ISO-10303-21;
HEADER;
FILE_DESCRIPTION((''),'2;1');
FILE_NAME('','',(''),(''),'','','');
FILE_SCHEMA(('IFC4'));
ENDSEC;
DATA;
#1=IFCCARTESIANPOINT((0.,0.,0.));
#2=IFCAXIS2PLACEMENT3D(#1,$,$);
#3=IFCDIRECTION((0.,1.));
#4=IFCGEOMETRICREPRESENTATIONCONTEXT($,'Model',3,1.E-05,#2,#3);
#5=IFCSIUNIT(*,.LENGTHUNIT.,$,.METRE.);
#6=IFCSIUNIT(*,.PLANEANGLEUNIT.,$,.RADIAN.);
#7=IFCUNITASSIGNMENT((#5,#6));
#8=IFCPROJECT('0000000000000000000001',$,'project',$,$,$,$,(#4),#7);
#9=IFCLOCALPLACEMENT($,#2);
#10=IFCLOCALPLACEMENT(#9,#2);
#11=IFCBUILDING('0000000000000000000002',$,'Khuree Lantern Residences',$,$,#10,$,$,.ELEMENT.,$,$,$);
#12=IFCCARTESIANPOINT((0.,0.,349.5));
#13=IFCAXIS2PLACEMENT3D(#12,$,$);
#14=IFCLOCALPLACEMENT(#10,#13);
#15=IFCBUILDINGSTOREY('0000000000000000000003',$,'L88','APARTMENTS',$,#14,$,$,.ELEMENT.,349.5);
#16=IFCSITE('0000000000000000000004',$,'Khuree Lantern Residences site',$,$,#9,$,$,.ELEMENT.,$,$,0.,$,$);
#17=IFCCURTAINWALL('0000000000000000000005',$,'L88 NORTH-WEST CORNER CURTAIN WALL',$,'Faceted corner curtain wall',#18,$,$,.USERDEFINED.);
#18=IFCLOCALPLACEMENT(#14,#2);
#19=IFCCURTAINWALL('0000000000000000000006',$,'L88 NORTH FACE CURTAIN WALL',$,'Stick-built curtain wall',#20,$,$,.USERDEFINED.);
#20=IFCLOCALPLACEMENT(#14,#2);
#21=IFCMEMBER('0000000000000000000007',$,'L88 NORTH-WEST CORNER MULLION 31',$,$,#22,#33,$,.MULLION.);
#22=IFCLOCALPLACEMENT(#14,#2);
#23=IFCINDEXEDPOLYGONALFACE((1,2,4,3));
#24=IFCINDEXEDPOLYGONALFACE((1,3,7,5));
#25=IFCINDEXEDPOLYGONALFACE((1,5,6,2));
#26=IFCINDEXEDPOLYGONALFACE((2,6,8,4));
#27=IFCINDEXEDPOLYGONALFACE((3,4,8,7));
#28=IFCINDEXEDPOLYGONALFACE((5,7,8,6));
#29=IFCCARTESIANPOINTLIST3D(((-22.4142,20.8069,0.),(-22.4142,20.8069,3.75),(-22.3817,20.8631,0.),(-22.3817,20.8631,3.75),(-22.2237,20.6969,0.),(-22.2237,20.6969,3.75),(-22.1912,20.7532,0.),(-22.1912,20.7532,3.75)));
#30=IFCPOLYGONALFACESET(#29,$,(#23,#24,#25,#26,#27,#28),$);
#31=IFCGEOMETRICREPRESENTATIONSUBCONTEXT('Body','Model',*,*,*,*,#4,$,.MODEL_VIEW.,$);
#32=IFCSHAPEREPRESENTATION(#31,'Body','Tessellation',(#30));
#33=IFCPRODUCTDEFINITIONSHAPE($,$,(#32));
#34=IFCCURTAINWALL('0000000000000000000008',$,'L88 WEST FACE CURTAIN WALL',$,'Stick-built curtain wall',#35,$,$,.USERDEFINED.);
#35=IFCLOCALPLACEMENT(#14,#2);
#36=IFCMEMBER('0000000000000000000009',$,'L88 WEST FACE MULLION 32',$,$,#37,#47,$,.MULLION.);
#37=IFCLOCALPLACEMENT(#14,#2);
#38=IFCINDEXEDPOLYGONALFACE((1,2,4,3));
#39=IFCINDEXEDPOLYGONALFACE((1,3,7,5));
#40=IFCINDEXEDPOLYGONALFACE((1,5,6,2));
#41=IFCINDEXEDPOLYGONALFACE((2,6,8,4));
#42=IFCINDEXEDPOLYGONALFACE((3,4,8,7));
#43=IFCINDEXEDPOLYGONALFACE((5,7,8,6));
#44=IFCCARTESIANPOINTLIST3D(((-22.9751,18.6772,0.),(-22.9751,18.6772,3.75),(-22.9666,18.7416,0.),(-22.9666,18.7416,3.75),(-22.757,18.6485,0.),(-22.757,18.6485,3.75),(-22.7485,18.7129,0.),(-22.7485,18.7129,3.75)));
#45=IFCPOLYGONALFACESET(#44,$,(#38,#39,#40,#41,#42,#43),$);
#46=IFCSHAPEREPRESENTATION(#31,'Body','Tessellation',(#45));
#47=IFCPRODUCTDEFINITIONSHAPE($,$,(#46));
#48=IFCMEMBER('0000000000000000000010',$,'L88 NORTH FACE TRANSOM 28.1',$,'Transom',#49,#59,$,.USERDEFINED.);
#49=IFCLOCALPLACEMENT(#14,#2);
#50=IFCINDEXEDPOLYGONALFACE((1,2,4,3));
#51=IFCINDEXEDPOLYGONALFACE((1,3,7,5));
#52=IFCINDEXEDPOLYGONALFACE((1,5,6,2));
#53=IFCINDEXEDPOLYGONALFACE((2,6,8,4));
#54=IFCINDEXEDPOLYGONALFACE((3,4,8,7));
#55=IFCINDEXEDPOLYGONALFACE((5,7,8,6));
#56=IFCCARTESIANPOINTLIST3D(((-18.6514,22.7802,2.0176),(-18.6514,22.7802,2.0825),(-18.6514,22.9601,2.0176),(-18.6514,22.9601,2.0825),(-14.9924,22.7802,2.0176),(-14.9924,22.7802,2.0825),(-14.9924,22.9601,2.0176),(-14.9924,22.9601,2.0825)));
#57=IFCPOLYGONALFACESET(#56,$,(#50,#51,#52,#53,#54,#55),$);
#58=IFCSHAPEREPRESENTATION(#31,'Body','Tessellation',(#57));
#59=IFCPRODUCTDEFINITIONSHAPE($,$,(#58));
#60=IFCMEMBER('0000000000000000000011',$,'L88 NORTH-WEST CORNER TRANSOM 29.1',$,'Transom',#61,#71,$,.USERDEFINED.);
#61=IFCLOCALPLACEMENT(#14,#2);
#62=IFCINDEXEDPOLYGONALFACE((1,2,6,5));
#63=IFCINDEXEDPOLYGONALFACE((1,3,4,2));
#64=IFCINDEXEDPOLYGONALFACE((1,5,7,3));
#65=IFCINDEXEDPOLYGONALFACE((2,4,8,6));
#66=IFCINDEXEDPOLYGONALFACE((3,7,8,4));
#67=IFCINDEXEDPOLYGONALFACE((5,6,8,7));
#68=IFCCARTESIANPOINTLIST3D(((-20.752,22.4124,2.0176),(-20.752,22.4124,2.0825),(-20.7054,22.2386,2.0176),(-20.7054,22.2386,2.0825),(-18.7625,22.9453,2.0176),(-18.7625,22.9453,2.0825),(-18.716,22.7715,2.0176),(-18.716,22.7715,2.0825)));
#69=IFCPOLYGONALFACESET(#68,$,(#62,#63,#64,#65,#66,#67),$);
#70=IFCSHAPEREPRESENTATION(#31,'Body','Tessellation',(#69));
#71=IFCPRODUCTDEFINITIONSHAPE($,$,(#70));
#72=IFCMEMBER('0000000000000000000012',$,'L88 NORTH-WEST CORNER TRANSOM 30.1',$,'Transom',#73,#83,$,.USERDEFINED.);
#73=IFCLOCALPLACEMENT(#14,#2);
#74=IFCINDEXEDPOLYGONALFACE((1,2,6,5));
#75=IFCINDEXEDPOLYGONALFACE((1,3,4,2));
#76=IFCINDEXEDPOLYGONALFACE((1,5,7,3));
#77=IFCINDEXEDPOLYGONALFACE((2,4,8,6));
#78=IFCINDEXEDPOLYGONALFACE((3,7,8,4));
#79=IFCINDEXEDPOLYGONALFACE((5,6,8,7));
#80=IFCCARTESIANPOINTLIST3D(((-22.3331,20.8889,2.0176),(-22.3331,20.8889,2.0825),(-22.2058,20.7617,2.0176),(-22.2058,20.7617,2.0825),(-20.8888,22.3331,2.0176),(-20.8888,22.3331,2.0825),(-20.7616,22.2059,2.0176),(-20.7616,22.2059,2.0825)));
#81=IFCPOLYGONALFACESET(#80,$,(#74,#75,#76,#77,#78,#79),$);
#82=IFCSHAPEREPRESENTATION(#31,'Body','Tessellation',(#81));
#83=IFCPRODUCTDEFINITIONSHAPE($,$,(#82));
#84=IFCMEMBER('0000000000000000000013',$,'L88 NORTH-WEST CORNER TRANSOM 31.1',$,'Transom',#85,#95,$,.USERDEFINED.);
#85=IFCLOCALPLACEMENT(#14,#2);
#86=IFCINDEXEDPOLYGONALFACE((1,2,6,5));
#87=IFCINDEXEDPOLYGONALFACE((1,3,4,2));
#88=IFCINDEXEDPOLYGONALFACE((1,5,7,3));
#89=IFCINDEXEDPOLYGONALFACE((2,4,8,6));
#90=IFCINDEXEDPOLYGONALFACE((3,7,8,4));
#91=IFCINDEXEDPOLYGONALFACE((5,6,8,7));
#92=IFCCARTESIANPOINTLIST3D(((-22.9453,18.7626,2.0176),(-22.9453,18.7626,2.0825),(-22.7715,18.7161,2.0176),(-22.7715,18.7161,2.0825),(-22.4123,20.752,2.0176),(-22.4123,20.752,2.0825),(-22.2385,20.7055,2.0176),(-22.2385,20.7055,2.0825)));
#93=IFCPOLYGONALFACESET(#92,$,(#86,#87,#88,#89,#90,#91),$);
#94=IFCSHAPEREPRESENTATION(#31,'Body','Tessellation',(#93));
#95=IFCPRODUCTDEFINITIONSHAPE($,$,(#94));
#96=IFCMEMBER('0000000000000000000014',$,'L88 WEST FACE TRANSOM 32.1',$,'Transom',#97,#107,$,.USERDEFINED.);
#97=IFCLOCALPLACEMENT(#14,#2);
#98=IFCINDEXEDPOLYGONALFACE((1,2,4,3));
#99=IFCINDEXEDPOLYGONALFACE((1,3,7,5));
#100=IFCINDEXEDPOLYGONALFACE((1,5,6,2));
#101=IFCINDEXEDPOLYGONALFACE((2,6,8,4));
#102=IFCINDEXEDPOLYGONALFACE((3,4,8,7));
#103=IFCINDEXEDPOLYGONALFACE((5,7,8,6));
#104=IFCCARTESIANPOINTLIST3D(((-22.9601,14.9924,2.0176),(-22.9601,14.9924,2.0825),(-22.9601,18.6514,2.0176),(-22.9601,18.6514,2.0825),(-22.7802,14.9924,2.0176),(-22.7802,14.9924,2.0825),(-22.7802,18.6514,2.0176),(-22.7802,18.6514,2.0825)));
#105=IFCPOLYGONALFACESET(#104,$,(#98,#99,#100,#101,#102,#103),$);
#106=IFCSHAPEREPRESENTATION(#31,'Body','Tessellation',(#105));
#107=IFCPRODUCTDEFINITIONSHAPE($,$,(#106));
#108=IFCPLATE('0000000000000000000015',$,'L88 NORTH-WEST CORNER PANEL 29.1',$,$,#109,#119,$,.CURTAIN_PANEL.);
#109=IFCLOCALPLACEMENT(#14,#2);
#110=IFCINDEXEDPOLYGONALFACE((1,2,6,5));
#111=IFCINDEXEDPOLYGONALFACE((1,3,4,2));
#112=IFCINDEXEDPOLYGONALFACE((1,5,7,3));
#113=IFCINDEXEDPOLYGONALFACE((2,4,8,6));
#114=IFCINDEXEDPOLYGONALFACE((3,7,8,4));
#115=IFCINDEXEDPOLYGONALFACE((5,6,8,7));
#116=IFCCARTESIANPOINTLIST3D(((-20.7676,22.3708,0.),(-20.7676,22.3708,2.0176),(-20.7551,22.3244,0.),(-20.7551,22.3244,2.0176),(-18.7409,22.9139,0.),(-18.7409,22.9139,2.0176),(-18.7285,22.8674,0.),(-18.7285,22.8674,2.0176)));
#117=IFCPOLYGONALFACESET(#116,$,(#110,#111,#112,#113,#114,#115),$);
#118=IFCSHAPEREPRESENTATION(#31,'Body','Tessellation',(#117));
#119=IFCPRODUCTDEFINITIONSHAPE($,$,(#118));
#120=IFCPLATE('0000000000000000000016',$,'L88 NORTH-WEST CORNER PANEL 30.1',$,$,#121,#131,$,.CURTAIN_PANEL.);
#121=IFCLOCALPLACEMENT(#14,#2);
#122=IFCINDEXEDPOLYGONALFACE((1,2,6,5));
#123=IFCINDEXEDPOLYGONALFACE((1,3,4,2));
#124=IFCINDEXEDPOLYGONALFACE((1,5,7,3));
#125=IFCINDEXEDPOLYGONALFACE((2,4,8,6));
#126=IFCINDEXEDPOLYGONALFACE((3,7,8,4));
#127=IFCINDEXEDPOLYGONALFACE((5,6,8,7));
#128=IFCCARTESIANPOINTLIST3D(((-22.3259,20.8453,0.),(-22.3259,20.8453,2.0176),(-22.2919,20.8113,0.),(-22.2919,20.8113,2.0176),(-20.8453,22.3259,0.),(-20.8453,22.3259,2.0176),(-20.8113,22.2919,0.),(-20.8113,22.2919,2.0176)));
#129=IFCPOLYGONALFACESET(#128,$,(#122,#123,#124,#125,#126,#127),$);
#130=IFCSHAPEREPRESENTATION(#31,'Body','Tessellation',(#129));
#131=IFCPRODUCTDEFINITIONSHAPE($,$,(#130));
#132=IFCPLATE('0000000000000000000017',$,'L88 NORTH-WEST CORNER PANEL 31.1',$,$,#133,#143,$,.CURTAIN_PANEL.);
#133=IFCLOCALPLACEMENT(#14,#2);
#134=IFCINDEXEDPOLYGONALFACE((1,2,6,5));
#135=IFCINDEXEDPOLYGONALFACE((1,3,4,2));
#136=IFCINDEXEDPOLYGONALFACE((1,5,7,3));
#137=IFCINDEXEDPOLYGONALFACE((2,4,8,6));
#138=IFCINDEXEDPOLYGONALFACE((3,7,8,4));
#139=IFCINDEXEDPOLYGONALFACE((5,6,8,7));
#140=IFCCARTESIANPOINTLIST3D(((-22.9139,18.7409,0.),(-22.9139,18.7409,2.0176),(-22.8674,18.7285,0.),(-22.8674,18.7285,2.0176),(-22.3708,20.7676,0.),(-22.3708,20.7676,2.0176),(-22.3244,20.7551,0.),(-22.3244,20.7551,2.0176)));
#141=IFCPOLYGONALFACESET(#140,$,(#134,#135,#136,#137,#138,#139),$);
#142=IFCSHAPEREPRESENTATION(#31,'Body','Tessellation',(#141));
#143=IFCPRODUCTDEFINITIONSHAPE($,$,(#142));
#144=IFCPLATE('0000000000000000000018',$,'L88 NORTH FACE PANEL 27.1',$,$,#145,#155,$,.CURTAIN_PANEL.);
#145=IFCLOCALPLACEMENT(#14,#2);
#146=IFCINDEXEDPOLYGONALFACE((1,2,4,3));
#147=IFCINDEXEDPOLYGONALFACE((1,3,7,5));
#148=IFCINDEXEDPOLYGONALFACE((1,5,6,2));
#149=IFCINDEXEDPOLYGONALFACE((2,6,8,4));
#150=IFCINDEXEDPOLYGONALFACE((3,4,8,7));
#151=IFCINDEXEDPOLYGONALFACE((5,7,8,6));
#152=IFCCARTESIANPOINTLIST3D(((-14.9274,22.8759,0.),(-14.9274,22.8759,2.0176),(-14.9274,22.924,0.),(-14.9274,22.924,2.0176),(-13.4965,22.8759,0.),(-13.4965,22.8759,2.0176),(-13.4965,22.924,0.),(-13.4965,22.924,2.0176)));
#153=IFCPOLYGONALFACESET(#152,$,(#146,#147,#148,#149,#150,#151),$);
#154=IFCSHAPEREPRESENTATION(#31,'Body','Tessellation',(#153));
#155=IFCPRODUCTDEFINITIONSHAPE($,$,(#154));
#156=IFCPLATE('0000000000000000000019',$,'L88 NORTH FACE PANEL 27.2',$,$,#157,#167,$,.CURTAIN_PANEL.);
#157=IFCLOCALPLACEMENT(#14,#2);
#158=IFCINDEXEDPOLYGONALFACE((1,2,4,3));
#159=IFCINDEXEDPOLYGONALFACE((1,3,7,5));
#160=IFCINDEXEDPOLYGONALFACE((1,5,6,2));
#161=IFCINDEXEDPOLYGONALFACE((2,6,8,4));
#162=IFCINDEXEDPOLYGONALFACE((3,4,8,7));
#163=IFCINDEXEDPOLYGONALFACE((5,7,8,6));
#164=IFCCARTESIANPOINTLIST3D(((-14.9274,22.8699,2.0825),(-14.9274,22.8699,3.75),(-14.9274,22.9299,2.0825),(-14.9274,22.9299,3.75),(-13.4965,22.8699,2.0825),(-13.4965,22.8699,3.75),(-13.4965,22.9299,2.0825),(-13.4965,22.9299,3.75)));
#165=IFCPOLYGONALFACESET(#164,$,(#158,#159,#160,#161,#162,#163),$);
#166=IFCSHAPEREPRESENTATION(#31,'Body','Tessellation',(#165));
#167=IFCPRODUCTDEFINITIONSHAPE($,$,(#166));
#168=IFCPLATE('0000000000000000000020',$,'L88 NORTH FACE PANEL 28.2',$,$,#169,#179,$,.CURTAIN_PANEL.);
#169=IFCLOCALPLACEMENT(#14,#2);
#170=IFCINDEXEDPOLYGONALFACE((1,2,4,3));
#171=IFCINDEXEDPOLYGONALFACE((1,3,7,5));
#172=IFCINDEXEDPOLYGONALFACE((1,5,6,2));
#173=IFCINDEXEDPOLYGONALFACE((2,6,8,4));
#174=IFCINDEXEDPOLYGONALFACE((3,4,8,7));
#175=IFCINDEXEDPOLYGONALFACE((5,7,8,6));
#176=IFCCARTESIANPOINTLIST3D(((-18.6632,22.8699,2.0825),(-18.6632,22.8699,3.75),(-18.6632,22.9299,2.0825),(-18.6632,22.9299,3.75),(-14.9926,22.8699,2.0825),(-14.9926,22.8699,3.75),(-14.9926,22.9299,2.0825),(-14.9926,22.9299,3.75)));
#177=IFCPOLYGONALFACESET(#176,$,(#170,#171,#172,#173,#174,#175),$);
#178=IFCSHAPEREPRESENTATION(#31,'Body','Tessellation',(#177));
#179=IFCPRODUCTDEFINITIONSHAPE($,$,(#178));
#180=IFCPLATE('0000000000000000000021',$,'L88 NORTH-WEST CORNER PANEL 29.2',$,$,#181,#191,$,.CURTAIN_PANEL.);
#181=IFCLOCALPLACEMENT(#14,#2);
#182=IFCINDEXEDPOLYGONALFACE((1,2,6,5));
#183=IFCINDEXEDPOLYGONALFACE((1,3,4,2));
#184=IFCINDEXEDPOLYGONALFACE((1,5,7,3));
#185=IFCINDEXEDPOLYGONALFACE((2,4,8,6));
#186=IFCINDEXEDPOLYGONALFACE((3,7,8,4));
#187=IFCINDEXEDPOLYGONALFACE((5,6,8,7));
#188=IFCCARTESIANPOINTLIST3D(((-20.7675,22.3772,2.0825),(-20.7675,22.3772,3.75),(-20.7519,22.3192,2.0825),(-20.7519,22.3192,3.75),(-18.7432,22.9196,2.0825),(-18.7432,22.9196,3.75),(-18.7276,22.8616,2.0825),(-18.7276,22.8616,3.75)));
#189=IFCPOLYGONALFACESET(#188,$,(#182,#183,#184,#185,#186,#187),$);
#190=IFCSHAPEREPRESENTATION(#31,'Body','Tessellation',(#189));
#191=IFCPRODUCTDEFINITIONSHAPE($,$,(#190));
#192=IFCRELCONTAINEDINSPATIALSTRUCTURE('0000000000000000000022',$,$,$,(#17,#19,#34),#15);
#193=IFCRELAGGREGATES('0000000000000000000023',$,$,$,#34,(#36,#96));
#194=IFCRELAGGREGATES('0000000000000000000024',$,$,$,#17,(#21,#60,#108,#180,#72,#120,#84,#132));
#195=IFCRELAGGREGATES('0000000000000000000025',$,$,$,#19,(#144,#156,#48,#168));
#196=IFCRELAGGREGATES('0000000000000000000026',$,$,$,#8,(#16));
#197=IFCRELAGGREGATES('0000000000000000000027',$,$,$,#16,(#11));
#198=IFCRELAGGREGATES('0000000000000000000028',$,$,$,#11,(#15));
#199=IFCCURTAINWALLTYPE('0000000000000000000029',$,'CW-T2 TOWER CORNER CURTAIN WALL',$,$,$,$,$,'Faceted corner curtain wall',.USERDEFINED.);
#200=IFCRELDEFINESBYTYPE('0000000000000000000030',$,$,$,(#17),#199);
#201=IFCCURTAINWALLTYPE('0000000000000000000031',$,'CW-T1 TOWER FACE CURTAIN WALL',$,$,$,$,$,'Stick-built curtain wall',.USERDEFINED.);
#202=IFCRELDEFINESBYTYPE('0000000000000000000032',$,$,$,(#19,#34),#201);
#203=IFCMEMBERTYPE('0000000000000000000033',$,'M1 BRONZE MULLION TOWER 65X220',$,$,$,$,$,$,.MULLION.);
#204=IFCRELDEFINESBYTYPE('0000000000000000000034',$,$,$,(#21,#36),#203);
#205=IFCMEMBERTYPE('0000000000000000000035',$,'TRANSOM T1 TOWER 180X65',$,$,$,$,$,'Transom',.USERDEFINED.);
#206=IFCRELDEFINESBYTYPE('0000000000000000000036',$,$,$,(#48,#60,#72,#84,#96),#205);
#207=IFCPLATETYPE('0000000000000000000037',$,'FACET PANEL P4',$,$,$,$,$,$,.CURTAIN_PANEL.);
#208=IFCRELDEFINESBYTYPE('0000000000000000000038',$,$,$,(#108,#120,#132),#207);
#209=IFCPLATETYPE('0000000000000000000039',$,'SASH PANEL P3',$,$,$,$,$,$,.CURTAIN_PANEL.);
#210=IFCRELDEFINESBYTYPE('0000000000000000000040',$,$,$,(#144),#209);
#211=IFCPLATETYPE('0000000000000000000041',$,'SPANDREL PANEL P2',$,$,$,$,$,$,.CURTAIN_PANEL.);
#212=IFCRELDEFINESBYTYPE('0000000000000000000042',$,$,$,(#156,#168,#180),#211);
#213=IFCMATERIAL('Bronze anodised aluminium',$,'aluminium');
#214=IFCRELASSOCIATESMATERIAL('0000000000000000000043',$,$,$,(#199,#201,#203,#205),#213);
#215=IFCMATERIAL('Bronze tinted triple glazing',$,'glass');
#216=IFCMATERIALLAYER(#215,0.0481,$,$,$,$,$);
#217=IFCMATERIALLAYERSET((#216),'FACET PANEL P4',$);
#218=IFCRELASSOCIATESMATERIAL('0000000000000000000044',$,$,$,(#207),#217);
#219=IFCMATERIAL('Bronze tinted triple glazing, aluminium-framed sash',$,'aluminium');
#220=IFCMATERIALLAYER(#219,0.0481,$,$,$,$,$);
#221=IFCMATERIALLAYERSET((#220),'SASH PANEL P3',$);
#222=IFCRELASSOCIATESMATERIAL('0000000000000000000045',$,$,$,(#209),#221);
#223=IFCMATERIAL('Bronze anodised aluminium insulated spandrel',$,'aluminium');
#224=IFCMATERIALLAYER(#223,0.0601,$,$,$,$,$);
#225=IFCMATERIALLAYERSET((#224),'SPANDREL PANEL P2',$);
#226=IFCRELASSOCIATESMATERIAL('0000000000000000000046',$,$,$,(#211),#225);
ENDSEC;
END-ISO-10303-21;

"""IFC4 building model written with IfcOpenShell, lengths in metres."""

from ifc_helpers import new_model, si_unit, direction, frame, origin, origin_2d, place, context, subcontext, project, spatial, rectangle, extrude, material, layer, layer_set, material_profile, profile_set, type_object, element, aggregate, save


model = new_model("IFC4")

# Units and contexts
model_context = context("Model", 3, precision=1e-05, world=origin(), true_north=direction((0.0, 1.0)))
body_context = subcontext(model_context, "Body", "Model", "MODEL_VIEW")
ifc_project = project(units=[si_unit("LENGTHUNIT", "METRE"), si_unit("PLANEANGLEUNIT", "RADIAN")], contexts=[model_context])

# Site, building, storey
site_placement = place(None, origin())
site = spatial("IfcSite", under=ifc_project, at=site_placement, Name="Khuree Lantern Residences site", CompositionType="ELEMENT", RefElevation=0.0)
building_placement = place(site_placement, origin())
building = spatial("IfcBuilding", under=site, at=building_placement, Name="Khuree Lantern Residences", CompositionType="ELEMENT")
storey_placement = place(building_placement, frame((0.0, 0.0, 349.5)))
storey = spatial("IfcBuildingStorey", under=building, at=storey_placement, Name="L88", Description="APARTMENTS", CompositionType="ELEMENT", Elevation=349.5)

# Curtain wall
ifc_material_1 = material(Name="Bronze anodised aluminium", Category="aluminium")
curtain_wall_type_1 = type_object("IfcCurtainWallType", Name="CW-T2 TOWER CORNER CURTAIN WALL", ElementType="Faceted corner curtain wall", PredefinedType="USERDEFINED", material=ifc_material_1)
curtain_wall_1_placement = place(storey_placement, origin())
curtain_wall_1 = element("IfcCurtainWall", 1, at=curtain_wall_1_placement, inside=storey, type_object=curtain_wall_type_1, Name="L88 NORTH-WEST CORNER CURTAIN WALL", ObjectType="Faceted corner curtain wall", PredefinedType="USERDEFINED")

# Curtain wall
curtain_wall_type_2 = type_object("IfcCurtainWallType", Name="CW-T1 TOWER FACE CURTAIN WALL", ElementType="Stick-built curtain wall", PredefinedType="USERDEFINED", material=ifc_material_1)
curtain_wall_2_placement = place(storey_placement, origin())
curtain_wall_2 = element("IfcCurtainWall", 2, at=curtain_wall_2_placement, inside=storey, type_object=curtain_wall_type_2, Name="L88 NORTH FACE CURTAIN WALL", ObjectType="Stick-built curtain wall", PredefinedType="USERDEFINED")
ifc_material_profile_1 = material_profile(ifc_material_1, rectangle(XDim=0.0649, YDim=0.22, at=origin_2d()), Name="M1 65X220")
ifc_profile_set_1 = profile_set([ifc_material_profile_1], Name="Bronze anodised aluminium")
member_type_1 = type_object("IfcMemberType", Name="M1 BRONZE MULLION TOWER 65X220", PredefinedType="MULLION", material=ifc_profile_set_1)

# Member
member_1_placement = place(storey_placement, frame((-22.3027, 20.78, 0.0), z_axis=(0.0, 0.0, 1.0), x_axis=(-0.5, -0.866025, 0.0)))
member_1 = element("IfcMember", 3, at=member_1_placement, type_object=member_type_1, Name="L88 NORTH-WEST CORNER MULLION 31", PredefinedType="MULLION", context=body_context, shape_type="SweptSolid", body=[
    extrude(rectangle(XDim=0.0649, YDim=0.22, at=origin_2d()), origin(), (0.0, 0.0, 1.0), 3.75),
])

# Curtain wall, member
curtain_wall_3_placement = place(storey_placement, origin())
curtain_wall_3 = element("IfcCurtainWall", 4, at=curtain_wall_3_placement, inside=storey, type_object=curtain_wall_type_2, Name="L88 WEST FACE CURTAIN WALL", ObjectType="Stick-built curtain wall", PredefinedType="USERDEFINED")
member_2_placement = place(storey_placement, frame((-22.8618, 18.6951, 0.0), z_axis=(0.0, 0.0, 1.0), x_axis=(-0.130526, -0.991445, 0.0)))
member_2 = element("IfcMember", 5, at=member_2_placement, type_object=member_type_1, Name="L88 WEST FACE MULLION 32", PredefinedType="MULLION", context=body_context, shape_type="SweptSolid", body=[
    extrude(rectangle(XDim=0.0649, YDim=0.22, at=origin_2d()), origin(), (0.0, 0.0, 1.0), 3.75),
])

# Members
ifc_material_profile_2 = material_profile(ifc_material_1, rectangle(XDim=0.1799, YDim=0.0649, at=origin_2d()), Name="T1 180X65")
ifc_profile_set_2 = profile_set([ifc_material_profile_2], Name="Bronze anodised aluminium")
member_type_2 = type_object("IfcMemberType", Name="TRANSOM T1 TOWER 180X65", ElementType="Transom", PredefinedType="USERDEFINED", material=ifc_profile_set_2)
member_3_placement = place(storey_placement, frame((-14.9924, 22.8701, 2.05), z_axis=(-1.0, 0.0, 0.0), x_axis=(0.0, -1.0, 0.0)))
member_3 = element("IfcMember", 6, at=member_3_placement, type_object=member_type_2, Name="L88 NORTH FACE TRANSOM 28.1", ObjectType="Transom", PredefinedType="USERDEFINED", context=body_context, shape_type="SweptSolid", body=[
    extrude(rectangle(XDim=0.1799, YDim=0.0649, at=origin_2d()), origin(), (0.0, 0.0, 1.0), 3.6589),
])
member_4_placement = place(storey_placement, frame((-18.7393, 22.8584, 2.05), z_axis=(-0.965941, -0.258762, 0.0), x_axis=(0.258762, -0.965941, 0.0)))
member_4 = element("IfcMember", 7, at=member_4_placement, type_object=member_type_2, Name="L88 NORTH-WEST CORNER TRANSOM 29.1", ObjectType="Transom", PredefinedType="USERDEFINED", context=body_context, shape_type="SweptSolid", body=[
    extrude(rectangle(XDim=0.1799, YDim=0.0649, at=origin_2d()), origin(), (0.0, 0.0, 1.0), 2.0596),
])
member_5_placement = place(storey_placement, frame((-20.8252, 22.2695, 2.05), z_axis=(-0.707107, -0.707107, 0.0), x_axis=(0.707107, -0.707107, 0.0)))
member_5 = element("IfcMember", 8, at=member_5_placement, type_object=member_type_2, Name="L88 NORTH-WEST CORNER TRANSOM 30.1", ObjectType="Transom", PredefinedType="USERDEFINED", context=body_context, shape_type="SweptSolid", body=[
    extrude(rectangle(XDim=0.1799, YDim=0.0649, at=origin_2d()), origin(), (0.0, 0.0, 1.0), 2.0425),
])
member_6_placement = place(storey_placement, frame((-22.3254, 20.7288, 2.05), z_axis=(-0.258762, -0.965941, 0.0), x_axis=(0.965941, -0.258762, 0.0)))
member_6 = element("IfcMember", 9, at=member_6_placement, type_object=member_type_2, Name="L88 NORTH-WEST CORNER TRANSOM 31.1", ObjectType="Transom", PredefinedType="USERDEFINED", context=body_context, shape_type="SweptSolid", body=[
    extrude(rectangle(XDim=0.1799, YDim=0.0649, at=origin_2d()), origin(), (0.0, 0.0, 1.0), 2.0596),
])
member_7_placement = place(storey_placement, frame((-22.8701, 18.6514, 2.05), z_axis=(0.0, -1.0, 0.0), x_axis=(1.0, 0.0, 0.0)))
member_7 = element("IfcMember", 10, at=member_7_placement, type_object=member_type_2, Name="L88 WEST FACE TRANSOM 32.1", ObjectType="Transom", PredefinedType="USERDEFINED", context=body_context, shape_type="SweptSolid", body=[
    extrude(rectangle(XDim=0.1799, YDim=0.0649, at=origin_2d()), origin(), (0.0, 0.0, 1.0), 3.6589),
])
aggregate(curtain_wall_3, [member_2, member_7])

# Plates
ifc_material_2 = material(Name="Bronze tinted triple glazing", Category="glass")
ifc_layer_1 = layer(ifc_material_2, 0.0481)
ifc_layer_set_1 = layer_set([ifc_layer_1], Name="FACET PANEL P4")
plate_type_1 = type_object("IfcPlateType", Name="FACET PANEL P4", PredefinedType="CURTAIN_PANEL", material=ifc_layer_set_1)
plate_1_placement = place(storey_placement, frame((-19.748, 22.6191, 0.0), z_axis=(0.0, 0.0, 1.0), x_axis=(-0.965926, -0.258819, 0.0)))
plate_1 = element("IfcPlate", 11, at=plate_1_placement, type_object=plate_type_1, Name="L88 NORTH-WEST CORNER PANEL 29.1", PredefinedType="CURTAIN_PANEL", context=body_context, shape_type="SweptSolid", body=[
    extrude(rectangle(XDim=2.0981, YDim=0.0481, at=origin_2d()), origin(), (0.0, 0.0, 1.0), 2.0176),
])
plate_2_placement = place(storey_placement, frame((-21.5686, 21.5686, 0.0), z_axis=(0.0, 0.0, 1.0), x_axis=(-0.707107, -0.707107, 0.0)))
plate_2 = element("IfcPlate", 12, at=plate_2_placement, type_object=plate_type_1, Name="L88 NORTH-WEST CORNER PANEL 30.1", PredefinedType="CURTAIN_PANEL", context=body_context, shape_type="SweptSolid", body=[
    extrude(rectangle(XDim=2.094, YDim=0.0481, at=origin_2d()), origin(), (0.0, 0.0, 1.0), 2.0176),
])
plate_3_placement = place(storey_placement, frame((-22.6191, 19.748, 0.0), z_axis=(0.0, 0.0, 1.0), x_axis=(-0.258819, -0.965926, 0.0)))
plate_3 = element("IfcPlate", 13, at=plate_3_placement, type_object=plate_type_1, Name="L88 NORTH-WEST CORNER PANEL 31.1", PredefinedType="CURTAIN_PANEL", context=body_context, shape_type="SweptSolid", body=[
    extrude(rectangle(XDim=2.0981, YDim=0.0481, at=origin_2d()), origin(), (0.0, 0.0, 1.0), 2.0176),
])
ifc_material_3 = material(Name="Bronze tinted triple glazing, aluminium-framed sash", Category="aluminium")
ifc_layer_2 = layer(ifc_material_3, 0.0481)
ifc_layer_set_2 = layer_set([ifc_layer_2], Name="SASH PANEL P3")
plate_type_2 = type_object("IfcPlateType", Name="SASH PANEL P3", PredefinedType="CURTAIN_PANEL", material=ifc_layer_set_2)
plate_4_placement = place(storey_placement, frame((-14.2119, 22.8999, 0.0), z_axis=(0.0, 0.0, 1.0), x_axis=(-1.0, 0.0, 0.0)))
plate_4 = element("IfcPlate", 14, at=plate_4_placement, type_object=plate_type_2, Name="L88 NORTH FACE PANEL 27.1", PredefinedType="CURTAIN_PANEL", context=body_context, shape_type="SweptSolid", body=[
    extrude(rectangle(XDim=1.4309, YDim=0.0481, at=origin_2d()), origin(), (0.0, 0.0, 1.0), 2.0176),
])
ifc_material_4 = material(Name="Bronze anodised aluminium insulated spandrel", Category="aluminium")
ifc_layer_3 = layer(ifc_material_4, 0.0601)
ifc_layer_set_3 = layer_set([ifc_layer_3], Name="SPANDREL PANEL P2")
plate_type_3 = type_object("IfcPlateType", Name="SPANDREL PANEL P2", PredefinedType="CURTAIN_PANEL", material=ifc_layer_set_3)
plate_5_placement = place(storey_placement, frame((-14.2119, 22.8999, 2.0825), z_axis=(0.0, 0.0, 1.0), x_axis=(-1.0, 0.0, 0.0)))
plate_5 = element("IfcPlate", 15, at=plate_5_placement, type_object=plate_type_3, Name="L88 NORTH FACE PANEL 27.2", PredefinedType="CURTAIN_PANEL", context=body_context, shape_type="SweptSolid", body=[
    extrude(rectangle(XDim=1.4309, YDim=0.0601, at=origin_2d()), origin(), (0.0, 0.0, 1.0), 1.6675),
])
plate_6_placement = place(storey_placement, frame((-16.8279, 22.8999, 2.0825), z_axis=(0.0, 0.0, 1.0), x_axis=(-1.0, 0.0, 0.0)))
plate_6 = element("IfcPlate", 16, at=plate_6_placement, type_object=plate_type_3, Name="L88 NORTH FACE PANEL 28.2", PredefinedType="CURTAIN_PANEL", context=body_context, shape_type="SweptSolid", body=[
    extrude(rectangle(XDim=3.6707, YDim=0.0601, at=origin_2d()), origin(), (0.0, 0.0, 1.0), 1.6675),
])
plate_7_placement = place(storey_placement, frame((-19.7476, 22.6194, 2.0825), z_axis=(0.0, 0.0, 1.0), x_axis=(-0.965926, -0.258819, 0.0)))
plate_7 = element("IfcPlate", 17, at=plate_7_placement, type_object=plate_type_3, Name="L88 NORTH-WEST CORNER PANEL 29.2", PredefinedType="CURTAIN_PANEL", context=body_context, shape_type="SweptSolid", body=[
    extrude(rectangle(XDim=2.0957, YDim=0.0601, at=origin_2d()), origin(), (0.0, 0.0, 1.0), 1.6675),
])
aggregate(curtain_wall_1, [member_1, member_4, plate_1, plate_7, member_5, plate_2, member_6, plate_3])
aggregate(curtain_wall_2, [plate_4, plate_5, member_3, plate_6])

save(model, "model.ifc")
